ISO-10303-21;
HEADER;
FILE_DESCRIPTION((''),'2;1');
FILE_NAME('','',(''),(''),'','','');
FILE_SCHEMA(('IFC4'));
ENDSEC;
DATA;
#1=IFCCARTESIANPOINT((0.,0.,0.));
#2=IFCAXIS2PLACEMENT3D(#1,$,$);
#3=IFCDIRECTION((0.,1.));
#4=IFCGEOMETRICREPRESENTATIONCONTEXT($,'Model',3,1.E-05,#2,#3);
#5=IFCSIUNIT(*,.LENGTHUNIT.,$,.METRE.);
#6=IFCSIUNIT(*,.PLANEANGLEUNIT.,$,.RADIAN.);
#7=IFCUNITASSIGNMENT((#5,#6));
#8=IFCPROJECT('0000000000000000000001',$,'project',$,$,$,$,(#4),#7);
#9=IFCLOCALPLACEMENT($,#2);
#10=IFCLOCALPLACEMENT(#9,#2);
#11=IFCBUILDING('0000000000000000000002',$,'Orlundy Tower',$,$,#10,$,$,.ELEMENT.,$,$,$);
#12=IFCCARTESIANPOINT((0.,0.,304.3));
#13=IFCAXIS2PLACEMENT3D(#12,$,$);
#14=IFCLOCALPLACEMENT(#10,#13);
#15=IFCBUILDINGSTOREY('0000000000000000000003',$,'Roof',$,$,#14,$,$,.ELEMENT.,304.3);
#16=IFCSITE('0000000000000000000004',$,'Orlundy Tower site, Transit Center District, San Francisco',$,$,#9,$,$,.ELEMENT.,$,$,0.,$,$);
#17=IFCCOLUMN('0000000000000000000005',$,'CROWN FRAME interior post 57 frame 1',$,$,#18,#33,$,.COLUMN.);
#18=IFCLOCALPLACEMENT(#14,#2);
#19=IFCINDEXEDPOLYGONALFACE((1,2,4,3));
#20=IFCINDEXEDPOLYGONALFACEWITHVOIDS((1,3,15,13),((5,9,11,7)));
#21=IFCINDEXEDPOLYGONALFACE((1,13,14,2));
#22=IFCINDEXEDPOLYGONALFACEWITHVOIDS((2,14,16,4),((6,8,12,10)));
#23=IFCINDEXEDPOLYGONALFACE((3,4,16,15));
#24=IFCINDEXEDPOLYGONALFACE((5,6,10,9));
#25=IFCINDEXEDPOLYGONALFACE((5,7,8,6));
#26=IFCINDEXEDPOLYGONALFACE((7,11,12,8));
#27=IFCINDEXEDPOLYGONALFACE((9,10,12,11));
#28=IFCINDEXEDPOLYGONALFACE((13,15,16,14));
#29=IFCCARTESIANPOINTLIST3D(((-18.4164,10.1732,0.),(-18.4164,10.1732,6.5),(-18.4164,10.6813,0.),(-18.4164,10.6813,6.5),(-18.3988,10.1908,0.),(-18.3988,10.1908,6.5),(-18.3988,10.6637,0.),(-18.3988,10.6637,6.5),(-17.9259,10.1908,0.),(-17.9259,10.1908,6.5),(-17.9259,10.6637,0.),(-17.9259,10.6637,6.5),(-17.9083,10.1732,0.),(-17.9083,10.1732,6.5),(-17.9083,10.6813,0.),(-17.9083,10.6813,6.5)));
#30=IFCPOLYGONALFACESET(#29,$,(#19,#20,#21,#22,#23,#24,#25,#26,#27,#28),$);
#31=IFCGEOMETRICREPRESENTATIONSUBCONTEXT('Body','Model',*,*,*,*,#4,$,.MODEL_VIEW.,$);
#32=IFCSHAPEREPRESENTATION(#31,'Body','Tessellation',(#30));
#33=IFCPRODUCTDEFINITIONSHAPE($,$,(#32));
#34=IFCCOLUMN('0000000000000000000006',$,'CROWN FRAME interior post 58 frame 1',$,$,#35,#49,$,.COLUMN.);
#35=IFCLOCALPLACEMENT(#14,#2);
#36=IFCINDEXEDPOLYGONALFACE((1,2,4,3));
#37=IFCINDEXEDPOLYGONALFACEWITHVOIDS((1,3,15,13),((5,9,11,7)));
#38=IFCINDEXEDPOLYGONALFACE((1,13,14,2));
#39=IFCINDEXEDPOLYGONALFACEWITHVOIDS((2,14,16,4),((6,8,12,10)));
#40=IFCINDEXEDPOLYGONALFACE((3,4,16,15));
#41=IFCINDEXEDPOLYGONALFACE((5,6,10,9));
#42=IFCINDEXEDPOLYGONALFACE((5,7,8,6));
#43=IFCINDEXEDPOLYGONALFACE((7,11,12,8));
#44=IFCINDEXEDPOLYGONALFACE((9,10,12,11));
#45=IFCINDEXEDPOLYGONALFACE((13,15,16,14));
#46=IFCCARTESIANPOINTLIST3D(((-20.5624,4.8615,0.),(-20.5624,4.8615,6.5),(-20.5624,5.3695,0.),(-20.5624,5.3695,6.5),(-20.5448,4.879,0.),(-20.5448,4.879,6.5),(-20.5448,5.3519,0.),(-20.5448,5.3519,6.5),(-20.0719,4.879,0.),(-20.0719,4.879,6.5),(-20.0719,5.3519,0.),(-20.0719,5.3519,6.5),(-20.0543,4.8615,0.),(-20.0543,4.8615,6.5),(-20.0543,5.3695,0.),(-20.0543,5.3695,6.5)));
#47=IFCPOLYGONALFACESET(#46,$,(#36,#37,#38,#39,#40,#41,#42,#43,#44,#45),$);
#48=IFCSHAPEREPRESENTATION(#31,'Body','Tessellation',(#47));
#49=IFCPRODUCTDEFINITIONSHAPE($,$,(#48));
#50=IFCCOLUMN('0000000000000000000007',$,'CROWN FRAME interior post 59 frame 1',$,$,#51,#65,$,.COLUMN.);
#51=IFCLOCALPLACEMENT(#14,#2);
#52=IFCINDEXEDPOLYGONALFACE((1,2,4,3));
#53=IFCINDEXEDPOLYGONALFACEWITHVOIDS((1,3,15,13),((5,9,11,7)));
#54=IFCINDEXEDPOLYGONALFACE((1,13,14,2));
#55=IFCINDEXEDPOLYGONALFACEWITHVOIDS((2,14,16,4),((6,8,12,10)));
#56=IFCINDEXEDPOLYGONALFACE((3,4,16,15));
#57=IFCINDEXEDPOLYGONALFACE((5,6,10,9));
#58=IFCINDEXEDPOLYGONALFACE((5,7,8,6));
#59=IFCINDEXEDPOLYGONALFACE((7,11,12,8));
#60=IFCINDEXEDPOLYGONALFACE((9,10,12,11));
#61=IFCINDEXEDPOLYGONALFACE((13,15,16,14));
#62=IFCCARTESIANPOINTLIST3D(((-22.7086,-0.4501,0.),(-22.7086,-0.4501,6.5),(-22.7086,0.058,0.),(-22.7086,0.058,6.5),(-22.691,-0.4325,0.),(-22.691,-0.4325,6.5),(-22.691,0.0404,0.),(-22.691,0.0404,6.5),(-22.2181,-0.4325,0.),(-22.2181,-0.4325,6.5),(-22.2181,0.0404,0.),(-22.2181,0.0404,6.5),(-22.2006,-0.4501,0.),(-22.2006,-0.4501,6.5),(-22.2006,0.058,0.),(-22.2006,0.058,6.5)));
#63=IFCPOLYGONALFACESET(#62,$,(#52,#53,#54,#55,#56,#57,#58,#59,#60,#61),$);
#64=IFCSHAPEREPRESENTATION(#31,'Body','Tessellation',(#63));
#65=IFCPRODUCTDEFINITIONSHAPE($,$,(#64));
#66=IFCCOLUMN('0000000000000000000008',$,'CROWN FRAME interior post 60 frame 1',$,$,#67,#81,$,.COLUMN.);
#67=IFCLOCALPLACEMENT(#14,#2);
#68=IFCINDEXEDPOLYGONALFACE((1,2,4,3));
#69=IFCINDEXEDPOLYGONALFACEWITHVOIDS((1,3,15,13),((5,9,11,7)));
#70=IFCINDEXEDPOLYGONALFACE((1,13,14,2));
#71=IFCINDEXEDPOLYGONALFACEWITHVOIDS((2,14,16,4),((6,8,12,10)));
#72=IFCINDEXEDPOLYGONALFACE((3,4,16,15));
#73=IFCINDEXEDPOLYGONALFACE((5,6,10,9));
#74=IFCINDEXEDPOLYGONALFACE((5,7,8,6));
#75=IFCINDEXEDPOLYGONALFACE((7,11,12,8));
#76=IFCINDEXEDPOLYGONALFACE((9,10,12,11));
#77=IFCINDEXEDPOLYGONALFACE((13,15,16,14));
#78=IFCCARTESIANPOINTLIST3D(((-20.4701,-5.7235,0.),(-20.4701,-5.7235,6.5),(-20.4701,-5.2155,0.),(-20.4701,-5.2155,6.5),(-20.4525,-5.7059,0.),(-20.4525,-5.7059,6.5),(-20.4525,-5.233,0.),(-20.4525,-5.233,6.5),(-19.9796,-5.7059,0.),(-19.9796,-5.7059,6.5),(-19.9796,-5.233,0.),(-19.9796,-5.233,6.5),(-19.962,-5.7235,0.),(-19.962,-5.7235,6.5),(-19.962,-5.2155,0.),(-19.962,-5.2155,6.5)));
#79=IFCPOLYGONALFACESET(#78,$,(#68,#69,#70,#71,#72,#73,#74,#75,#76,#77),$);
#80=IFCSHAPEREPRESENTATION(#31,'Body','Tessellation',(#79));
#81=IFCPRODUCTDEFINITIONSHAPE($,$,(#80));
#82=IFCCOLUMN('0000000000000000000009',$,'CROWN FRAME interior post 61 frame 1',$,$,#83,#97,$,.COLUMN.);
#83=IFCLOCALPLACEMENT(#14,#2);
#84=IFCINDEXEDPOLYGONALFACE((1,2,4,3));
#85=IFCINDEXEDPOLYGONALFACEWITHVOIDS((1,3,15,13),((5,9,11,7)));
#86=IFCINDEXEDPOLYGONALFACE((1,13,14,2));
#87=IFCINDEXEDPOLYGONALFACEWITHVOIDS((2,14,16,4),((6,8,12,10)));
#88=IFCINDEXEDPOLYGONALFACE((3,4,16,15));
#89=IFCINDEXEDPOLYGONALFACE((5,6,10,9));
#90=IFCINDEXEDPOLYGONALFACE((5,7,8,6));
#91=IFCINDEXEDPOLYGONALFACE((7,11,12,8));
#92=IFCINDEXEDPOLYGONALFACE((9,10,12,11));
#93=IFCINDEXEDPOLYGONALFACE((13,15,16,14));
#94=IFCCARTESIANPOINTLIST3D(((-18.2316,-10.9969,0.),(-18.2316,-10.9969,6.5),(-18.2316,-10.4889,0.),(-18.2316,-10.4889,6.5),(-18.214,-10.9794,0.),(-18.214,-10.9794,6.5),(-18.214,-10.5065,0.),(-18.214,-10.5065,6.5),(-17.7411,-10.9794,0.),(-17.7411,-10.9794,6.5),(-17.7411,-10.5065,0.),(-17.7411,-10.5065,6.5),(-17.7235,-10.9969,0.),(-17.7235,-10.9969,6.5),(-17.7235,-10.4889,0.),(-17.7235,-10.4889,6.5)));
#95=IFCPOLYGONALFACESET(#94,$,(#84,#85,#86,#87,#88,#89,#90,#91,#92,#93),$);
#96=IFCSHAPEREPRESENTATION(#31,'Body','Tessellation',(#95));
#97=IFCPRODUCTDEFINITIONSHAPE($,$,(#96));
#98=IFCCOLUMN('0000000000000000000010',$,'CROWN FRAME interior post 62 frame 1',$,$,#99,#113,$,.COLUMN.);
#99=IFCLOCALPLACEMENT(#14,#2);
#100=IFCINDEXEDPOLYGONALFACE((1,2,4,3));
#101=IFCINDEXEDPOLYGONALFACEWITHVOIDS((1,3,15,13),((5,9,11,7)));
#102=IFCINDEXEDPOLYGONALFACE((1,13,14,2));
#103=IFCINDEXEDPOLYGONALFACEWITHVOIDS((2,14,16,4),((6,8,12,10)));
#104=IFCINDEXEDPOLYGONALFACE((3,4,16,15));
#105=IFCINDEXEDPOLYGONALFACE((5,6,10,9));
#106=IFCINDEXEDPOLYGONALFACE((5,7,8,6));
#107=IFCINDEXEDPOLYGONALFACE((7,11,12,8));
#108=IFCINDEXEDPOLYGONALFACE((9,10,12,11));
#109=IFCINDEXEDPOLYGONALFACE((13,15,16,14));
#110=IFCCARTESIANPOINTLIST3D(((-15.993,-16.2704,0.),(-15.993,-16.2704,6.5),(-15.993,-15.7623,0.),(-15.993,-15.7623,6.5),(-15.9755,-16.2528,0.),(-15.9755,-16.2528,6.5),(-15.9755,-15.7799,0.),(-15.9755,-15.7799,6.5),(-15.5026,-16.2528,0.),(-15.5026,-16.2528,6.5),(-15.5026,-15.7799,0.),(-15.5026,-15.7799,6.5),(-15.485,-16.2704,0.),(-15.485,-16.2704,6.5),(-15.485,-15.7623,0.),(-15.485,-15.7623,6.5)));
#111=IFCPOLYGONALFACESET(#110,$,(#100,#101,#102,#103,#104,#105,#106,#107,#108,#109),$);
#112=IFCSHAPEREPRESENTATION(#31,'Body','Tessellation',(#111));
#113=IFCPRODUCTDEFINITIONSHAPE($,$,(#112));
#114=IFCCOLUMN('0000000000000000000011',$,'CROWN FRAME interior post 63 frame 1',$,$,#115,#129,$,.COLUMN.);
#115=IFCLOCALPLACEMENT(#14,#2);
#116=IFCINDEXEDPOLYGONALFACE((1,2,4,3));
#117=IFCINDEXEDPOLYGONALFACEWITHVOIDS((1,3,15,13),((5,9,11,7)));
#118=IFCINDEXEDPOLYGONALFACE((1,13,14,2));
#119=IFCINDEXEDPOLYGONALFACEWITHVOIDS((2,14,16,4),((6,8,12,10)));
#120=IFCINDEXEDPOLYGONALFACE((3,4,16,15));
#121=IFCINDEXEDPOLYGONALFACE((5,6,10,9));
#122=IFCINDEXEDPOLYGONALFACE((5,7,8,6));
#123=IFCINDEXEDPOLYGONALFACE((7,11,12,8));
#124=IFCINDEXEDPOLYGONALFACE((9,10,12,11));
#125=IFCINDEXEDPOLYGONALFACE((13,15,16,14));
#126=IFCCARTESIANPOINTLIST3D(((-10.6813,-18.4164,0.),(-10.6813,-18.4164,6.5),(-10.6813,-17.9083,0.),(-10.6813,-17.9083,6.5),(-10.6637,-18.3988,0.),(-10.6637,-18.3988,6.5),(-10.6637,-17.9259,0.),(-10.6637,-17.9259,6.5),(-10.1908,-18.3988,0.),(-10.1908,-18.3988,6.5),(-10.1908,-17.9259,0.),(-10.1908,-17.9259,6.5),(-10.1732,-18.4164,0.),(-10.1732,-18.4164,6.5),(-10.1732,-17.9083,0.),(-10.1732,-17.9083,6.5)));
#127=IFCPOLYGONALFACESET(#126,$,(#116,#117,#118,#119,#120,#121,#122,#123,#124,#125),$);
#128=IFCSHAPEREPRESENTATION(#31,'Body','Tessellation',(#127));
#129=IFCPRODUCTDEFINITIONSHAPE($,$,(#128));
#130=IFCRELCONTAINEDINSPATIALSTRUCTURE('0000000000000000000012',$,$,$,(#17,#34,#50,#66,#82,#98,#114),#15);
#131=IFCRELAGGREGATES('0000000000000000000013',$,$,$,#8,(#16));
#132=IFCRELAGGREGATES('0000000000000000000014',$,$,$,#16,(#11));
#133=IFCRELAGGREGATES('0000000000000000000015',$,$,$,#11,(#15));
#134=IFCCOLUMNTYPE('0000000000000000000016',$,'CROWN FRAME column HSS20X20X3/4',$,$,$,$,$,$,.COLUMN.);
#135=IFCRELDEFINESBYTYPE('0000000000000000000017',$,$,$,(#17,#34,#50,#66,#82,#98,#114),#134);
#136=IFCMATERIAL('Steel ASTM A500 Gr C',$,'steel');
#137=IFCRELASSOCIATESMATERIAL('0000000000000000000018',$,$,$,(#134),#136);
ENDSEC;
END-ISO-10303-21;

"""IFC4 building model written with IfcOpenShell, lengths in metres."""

from ifc_helpers import new_model, si_unit, direction, frame, origin, origin_2d, place, context, subcontext, project, spatial, hollow_rectangle, extrude, material, material_profile, profile_set, type_object, element, save


model = new_model("IFC4")

# Units and contexts
model_context = context("Model", 3, precision=1e-05, world=origin(), true_north=direction((0.0, 1.0)))
body_context = subcontext(model_context, "Body", "Model", "MODEL_VIEW")
ifc_project = project(units=[si_unit("LENGTHUNIT", "METRE"), si_unit("PLANEANGLEUNIT", "RADIAN")], contexts=[model_context])

# Site, building, storey
site_placement = place(None, origin())
site = spatial("IfcSite", under=ifc_project, at=site_placement, Name="Orlundy Tower site, Transit Center District, San Francisco", CompositionType="ELEMENT", RefElevation=0.0)
building_placement = place(site_placement, origin())
building = spatial("IfcBuilding", under=site, at=building_placement, Name="Orlundy Tower", CompositionType="ELEMENT")
storey_placement = place(building_placement, frame((0.0, 0.0, 304.3)))
storey = spatial("IfcBuildingStorey", under=building, at=storey_placement, Name="Roof", CompositionType="ELEMENT", Elevation=304.3)

# Columns
ifc_material = material(Name="Steel ASTM A500 Gr C", Category="steel")
ifc_material_profile = material_profile(ifc_material, hollow_rectangle(XDim=0.5081, YDim=0.5081, WallThickness=0.0176, at=origin_2d()), Name="HSS20X20X3/4")
ifc_profile_set = profile_set([ifc_material_profile], Name="Steel ASTM A500 Gr C")
column_type = type_object("IfcColumnType", Name="CROWN FRAME column HSS20X20X3/4", PredefinedType="COLUMN", material=ifc_profile_set)
for number, where, z_axis, x_axis, name in (
    (1, (-18.1624, 10.4272, 0.0), (0.0, 0.0, 1.0), (1.0, 0.0, 0.0), "CROWN FRAME interior post 57 frame 1"),
    (2, (-20.3083, 5.1155, 0.0), (0.0, 0.0, 1.0), (1.0, 0.0, 0.0), "CROWN FRAME interior post 58 frame 1"),
    (3, (-22.4546, -0.196, 0.0), (0.0, 0.0, 1.0), (1.0, 0.0, 0.0), "CROWN FRAME interior post 59 frame 1"),
    (4, (-20.2161, -5.4695, 0.0), (0.0, 0.0, 1.0), (1.0, 0.0, 0.0), "CROWN FRAME interior post 60 frame 1"),
    (5, (-17.9775, -10.7429, 0.0), (0.0, 0.0, 1.0), (1.0, 0.0, 0.0), "CROWN FRAME interior post 61 frame 1"),
    (6, (-15.739, -16.0164, 0.0), (0.0, 0.0, 1.0), (1.0, 0.0, 0.0), "CROWN FRAME interior post 62 frame 1"),
    (7, (-10.4272, -18.1624, 0.0), (0.0, 0.0, 1.0), (1.0, 0.0, 0.0), "CROWN FRAME interior post 63 frame 1"),
):
    element("IfcColumn", number, at=place(storey_placement, frame(where, z_axis=z_axis, x_axis=x_axis)), inside=storey, type_object=column_type, Name=name, PredefinedType="COLUMN", context=body_context, shape_type="SweptSolid", body=[
        extrude(hollow_rectangle(XDim=0.5081, YDim=0.5081, WallThickness=0.0176, at=origin_2d()), origin(), (0.0, 0.0, 1.0), 6.5),
    ])

save(model, "model.ifc")
